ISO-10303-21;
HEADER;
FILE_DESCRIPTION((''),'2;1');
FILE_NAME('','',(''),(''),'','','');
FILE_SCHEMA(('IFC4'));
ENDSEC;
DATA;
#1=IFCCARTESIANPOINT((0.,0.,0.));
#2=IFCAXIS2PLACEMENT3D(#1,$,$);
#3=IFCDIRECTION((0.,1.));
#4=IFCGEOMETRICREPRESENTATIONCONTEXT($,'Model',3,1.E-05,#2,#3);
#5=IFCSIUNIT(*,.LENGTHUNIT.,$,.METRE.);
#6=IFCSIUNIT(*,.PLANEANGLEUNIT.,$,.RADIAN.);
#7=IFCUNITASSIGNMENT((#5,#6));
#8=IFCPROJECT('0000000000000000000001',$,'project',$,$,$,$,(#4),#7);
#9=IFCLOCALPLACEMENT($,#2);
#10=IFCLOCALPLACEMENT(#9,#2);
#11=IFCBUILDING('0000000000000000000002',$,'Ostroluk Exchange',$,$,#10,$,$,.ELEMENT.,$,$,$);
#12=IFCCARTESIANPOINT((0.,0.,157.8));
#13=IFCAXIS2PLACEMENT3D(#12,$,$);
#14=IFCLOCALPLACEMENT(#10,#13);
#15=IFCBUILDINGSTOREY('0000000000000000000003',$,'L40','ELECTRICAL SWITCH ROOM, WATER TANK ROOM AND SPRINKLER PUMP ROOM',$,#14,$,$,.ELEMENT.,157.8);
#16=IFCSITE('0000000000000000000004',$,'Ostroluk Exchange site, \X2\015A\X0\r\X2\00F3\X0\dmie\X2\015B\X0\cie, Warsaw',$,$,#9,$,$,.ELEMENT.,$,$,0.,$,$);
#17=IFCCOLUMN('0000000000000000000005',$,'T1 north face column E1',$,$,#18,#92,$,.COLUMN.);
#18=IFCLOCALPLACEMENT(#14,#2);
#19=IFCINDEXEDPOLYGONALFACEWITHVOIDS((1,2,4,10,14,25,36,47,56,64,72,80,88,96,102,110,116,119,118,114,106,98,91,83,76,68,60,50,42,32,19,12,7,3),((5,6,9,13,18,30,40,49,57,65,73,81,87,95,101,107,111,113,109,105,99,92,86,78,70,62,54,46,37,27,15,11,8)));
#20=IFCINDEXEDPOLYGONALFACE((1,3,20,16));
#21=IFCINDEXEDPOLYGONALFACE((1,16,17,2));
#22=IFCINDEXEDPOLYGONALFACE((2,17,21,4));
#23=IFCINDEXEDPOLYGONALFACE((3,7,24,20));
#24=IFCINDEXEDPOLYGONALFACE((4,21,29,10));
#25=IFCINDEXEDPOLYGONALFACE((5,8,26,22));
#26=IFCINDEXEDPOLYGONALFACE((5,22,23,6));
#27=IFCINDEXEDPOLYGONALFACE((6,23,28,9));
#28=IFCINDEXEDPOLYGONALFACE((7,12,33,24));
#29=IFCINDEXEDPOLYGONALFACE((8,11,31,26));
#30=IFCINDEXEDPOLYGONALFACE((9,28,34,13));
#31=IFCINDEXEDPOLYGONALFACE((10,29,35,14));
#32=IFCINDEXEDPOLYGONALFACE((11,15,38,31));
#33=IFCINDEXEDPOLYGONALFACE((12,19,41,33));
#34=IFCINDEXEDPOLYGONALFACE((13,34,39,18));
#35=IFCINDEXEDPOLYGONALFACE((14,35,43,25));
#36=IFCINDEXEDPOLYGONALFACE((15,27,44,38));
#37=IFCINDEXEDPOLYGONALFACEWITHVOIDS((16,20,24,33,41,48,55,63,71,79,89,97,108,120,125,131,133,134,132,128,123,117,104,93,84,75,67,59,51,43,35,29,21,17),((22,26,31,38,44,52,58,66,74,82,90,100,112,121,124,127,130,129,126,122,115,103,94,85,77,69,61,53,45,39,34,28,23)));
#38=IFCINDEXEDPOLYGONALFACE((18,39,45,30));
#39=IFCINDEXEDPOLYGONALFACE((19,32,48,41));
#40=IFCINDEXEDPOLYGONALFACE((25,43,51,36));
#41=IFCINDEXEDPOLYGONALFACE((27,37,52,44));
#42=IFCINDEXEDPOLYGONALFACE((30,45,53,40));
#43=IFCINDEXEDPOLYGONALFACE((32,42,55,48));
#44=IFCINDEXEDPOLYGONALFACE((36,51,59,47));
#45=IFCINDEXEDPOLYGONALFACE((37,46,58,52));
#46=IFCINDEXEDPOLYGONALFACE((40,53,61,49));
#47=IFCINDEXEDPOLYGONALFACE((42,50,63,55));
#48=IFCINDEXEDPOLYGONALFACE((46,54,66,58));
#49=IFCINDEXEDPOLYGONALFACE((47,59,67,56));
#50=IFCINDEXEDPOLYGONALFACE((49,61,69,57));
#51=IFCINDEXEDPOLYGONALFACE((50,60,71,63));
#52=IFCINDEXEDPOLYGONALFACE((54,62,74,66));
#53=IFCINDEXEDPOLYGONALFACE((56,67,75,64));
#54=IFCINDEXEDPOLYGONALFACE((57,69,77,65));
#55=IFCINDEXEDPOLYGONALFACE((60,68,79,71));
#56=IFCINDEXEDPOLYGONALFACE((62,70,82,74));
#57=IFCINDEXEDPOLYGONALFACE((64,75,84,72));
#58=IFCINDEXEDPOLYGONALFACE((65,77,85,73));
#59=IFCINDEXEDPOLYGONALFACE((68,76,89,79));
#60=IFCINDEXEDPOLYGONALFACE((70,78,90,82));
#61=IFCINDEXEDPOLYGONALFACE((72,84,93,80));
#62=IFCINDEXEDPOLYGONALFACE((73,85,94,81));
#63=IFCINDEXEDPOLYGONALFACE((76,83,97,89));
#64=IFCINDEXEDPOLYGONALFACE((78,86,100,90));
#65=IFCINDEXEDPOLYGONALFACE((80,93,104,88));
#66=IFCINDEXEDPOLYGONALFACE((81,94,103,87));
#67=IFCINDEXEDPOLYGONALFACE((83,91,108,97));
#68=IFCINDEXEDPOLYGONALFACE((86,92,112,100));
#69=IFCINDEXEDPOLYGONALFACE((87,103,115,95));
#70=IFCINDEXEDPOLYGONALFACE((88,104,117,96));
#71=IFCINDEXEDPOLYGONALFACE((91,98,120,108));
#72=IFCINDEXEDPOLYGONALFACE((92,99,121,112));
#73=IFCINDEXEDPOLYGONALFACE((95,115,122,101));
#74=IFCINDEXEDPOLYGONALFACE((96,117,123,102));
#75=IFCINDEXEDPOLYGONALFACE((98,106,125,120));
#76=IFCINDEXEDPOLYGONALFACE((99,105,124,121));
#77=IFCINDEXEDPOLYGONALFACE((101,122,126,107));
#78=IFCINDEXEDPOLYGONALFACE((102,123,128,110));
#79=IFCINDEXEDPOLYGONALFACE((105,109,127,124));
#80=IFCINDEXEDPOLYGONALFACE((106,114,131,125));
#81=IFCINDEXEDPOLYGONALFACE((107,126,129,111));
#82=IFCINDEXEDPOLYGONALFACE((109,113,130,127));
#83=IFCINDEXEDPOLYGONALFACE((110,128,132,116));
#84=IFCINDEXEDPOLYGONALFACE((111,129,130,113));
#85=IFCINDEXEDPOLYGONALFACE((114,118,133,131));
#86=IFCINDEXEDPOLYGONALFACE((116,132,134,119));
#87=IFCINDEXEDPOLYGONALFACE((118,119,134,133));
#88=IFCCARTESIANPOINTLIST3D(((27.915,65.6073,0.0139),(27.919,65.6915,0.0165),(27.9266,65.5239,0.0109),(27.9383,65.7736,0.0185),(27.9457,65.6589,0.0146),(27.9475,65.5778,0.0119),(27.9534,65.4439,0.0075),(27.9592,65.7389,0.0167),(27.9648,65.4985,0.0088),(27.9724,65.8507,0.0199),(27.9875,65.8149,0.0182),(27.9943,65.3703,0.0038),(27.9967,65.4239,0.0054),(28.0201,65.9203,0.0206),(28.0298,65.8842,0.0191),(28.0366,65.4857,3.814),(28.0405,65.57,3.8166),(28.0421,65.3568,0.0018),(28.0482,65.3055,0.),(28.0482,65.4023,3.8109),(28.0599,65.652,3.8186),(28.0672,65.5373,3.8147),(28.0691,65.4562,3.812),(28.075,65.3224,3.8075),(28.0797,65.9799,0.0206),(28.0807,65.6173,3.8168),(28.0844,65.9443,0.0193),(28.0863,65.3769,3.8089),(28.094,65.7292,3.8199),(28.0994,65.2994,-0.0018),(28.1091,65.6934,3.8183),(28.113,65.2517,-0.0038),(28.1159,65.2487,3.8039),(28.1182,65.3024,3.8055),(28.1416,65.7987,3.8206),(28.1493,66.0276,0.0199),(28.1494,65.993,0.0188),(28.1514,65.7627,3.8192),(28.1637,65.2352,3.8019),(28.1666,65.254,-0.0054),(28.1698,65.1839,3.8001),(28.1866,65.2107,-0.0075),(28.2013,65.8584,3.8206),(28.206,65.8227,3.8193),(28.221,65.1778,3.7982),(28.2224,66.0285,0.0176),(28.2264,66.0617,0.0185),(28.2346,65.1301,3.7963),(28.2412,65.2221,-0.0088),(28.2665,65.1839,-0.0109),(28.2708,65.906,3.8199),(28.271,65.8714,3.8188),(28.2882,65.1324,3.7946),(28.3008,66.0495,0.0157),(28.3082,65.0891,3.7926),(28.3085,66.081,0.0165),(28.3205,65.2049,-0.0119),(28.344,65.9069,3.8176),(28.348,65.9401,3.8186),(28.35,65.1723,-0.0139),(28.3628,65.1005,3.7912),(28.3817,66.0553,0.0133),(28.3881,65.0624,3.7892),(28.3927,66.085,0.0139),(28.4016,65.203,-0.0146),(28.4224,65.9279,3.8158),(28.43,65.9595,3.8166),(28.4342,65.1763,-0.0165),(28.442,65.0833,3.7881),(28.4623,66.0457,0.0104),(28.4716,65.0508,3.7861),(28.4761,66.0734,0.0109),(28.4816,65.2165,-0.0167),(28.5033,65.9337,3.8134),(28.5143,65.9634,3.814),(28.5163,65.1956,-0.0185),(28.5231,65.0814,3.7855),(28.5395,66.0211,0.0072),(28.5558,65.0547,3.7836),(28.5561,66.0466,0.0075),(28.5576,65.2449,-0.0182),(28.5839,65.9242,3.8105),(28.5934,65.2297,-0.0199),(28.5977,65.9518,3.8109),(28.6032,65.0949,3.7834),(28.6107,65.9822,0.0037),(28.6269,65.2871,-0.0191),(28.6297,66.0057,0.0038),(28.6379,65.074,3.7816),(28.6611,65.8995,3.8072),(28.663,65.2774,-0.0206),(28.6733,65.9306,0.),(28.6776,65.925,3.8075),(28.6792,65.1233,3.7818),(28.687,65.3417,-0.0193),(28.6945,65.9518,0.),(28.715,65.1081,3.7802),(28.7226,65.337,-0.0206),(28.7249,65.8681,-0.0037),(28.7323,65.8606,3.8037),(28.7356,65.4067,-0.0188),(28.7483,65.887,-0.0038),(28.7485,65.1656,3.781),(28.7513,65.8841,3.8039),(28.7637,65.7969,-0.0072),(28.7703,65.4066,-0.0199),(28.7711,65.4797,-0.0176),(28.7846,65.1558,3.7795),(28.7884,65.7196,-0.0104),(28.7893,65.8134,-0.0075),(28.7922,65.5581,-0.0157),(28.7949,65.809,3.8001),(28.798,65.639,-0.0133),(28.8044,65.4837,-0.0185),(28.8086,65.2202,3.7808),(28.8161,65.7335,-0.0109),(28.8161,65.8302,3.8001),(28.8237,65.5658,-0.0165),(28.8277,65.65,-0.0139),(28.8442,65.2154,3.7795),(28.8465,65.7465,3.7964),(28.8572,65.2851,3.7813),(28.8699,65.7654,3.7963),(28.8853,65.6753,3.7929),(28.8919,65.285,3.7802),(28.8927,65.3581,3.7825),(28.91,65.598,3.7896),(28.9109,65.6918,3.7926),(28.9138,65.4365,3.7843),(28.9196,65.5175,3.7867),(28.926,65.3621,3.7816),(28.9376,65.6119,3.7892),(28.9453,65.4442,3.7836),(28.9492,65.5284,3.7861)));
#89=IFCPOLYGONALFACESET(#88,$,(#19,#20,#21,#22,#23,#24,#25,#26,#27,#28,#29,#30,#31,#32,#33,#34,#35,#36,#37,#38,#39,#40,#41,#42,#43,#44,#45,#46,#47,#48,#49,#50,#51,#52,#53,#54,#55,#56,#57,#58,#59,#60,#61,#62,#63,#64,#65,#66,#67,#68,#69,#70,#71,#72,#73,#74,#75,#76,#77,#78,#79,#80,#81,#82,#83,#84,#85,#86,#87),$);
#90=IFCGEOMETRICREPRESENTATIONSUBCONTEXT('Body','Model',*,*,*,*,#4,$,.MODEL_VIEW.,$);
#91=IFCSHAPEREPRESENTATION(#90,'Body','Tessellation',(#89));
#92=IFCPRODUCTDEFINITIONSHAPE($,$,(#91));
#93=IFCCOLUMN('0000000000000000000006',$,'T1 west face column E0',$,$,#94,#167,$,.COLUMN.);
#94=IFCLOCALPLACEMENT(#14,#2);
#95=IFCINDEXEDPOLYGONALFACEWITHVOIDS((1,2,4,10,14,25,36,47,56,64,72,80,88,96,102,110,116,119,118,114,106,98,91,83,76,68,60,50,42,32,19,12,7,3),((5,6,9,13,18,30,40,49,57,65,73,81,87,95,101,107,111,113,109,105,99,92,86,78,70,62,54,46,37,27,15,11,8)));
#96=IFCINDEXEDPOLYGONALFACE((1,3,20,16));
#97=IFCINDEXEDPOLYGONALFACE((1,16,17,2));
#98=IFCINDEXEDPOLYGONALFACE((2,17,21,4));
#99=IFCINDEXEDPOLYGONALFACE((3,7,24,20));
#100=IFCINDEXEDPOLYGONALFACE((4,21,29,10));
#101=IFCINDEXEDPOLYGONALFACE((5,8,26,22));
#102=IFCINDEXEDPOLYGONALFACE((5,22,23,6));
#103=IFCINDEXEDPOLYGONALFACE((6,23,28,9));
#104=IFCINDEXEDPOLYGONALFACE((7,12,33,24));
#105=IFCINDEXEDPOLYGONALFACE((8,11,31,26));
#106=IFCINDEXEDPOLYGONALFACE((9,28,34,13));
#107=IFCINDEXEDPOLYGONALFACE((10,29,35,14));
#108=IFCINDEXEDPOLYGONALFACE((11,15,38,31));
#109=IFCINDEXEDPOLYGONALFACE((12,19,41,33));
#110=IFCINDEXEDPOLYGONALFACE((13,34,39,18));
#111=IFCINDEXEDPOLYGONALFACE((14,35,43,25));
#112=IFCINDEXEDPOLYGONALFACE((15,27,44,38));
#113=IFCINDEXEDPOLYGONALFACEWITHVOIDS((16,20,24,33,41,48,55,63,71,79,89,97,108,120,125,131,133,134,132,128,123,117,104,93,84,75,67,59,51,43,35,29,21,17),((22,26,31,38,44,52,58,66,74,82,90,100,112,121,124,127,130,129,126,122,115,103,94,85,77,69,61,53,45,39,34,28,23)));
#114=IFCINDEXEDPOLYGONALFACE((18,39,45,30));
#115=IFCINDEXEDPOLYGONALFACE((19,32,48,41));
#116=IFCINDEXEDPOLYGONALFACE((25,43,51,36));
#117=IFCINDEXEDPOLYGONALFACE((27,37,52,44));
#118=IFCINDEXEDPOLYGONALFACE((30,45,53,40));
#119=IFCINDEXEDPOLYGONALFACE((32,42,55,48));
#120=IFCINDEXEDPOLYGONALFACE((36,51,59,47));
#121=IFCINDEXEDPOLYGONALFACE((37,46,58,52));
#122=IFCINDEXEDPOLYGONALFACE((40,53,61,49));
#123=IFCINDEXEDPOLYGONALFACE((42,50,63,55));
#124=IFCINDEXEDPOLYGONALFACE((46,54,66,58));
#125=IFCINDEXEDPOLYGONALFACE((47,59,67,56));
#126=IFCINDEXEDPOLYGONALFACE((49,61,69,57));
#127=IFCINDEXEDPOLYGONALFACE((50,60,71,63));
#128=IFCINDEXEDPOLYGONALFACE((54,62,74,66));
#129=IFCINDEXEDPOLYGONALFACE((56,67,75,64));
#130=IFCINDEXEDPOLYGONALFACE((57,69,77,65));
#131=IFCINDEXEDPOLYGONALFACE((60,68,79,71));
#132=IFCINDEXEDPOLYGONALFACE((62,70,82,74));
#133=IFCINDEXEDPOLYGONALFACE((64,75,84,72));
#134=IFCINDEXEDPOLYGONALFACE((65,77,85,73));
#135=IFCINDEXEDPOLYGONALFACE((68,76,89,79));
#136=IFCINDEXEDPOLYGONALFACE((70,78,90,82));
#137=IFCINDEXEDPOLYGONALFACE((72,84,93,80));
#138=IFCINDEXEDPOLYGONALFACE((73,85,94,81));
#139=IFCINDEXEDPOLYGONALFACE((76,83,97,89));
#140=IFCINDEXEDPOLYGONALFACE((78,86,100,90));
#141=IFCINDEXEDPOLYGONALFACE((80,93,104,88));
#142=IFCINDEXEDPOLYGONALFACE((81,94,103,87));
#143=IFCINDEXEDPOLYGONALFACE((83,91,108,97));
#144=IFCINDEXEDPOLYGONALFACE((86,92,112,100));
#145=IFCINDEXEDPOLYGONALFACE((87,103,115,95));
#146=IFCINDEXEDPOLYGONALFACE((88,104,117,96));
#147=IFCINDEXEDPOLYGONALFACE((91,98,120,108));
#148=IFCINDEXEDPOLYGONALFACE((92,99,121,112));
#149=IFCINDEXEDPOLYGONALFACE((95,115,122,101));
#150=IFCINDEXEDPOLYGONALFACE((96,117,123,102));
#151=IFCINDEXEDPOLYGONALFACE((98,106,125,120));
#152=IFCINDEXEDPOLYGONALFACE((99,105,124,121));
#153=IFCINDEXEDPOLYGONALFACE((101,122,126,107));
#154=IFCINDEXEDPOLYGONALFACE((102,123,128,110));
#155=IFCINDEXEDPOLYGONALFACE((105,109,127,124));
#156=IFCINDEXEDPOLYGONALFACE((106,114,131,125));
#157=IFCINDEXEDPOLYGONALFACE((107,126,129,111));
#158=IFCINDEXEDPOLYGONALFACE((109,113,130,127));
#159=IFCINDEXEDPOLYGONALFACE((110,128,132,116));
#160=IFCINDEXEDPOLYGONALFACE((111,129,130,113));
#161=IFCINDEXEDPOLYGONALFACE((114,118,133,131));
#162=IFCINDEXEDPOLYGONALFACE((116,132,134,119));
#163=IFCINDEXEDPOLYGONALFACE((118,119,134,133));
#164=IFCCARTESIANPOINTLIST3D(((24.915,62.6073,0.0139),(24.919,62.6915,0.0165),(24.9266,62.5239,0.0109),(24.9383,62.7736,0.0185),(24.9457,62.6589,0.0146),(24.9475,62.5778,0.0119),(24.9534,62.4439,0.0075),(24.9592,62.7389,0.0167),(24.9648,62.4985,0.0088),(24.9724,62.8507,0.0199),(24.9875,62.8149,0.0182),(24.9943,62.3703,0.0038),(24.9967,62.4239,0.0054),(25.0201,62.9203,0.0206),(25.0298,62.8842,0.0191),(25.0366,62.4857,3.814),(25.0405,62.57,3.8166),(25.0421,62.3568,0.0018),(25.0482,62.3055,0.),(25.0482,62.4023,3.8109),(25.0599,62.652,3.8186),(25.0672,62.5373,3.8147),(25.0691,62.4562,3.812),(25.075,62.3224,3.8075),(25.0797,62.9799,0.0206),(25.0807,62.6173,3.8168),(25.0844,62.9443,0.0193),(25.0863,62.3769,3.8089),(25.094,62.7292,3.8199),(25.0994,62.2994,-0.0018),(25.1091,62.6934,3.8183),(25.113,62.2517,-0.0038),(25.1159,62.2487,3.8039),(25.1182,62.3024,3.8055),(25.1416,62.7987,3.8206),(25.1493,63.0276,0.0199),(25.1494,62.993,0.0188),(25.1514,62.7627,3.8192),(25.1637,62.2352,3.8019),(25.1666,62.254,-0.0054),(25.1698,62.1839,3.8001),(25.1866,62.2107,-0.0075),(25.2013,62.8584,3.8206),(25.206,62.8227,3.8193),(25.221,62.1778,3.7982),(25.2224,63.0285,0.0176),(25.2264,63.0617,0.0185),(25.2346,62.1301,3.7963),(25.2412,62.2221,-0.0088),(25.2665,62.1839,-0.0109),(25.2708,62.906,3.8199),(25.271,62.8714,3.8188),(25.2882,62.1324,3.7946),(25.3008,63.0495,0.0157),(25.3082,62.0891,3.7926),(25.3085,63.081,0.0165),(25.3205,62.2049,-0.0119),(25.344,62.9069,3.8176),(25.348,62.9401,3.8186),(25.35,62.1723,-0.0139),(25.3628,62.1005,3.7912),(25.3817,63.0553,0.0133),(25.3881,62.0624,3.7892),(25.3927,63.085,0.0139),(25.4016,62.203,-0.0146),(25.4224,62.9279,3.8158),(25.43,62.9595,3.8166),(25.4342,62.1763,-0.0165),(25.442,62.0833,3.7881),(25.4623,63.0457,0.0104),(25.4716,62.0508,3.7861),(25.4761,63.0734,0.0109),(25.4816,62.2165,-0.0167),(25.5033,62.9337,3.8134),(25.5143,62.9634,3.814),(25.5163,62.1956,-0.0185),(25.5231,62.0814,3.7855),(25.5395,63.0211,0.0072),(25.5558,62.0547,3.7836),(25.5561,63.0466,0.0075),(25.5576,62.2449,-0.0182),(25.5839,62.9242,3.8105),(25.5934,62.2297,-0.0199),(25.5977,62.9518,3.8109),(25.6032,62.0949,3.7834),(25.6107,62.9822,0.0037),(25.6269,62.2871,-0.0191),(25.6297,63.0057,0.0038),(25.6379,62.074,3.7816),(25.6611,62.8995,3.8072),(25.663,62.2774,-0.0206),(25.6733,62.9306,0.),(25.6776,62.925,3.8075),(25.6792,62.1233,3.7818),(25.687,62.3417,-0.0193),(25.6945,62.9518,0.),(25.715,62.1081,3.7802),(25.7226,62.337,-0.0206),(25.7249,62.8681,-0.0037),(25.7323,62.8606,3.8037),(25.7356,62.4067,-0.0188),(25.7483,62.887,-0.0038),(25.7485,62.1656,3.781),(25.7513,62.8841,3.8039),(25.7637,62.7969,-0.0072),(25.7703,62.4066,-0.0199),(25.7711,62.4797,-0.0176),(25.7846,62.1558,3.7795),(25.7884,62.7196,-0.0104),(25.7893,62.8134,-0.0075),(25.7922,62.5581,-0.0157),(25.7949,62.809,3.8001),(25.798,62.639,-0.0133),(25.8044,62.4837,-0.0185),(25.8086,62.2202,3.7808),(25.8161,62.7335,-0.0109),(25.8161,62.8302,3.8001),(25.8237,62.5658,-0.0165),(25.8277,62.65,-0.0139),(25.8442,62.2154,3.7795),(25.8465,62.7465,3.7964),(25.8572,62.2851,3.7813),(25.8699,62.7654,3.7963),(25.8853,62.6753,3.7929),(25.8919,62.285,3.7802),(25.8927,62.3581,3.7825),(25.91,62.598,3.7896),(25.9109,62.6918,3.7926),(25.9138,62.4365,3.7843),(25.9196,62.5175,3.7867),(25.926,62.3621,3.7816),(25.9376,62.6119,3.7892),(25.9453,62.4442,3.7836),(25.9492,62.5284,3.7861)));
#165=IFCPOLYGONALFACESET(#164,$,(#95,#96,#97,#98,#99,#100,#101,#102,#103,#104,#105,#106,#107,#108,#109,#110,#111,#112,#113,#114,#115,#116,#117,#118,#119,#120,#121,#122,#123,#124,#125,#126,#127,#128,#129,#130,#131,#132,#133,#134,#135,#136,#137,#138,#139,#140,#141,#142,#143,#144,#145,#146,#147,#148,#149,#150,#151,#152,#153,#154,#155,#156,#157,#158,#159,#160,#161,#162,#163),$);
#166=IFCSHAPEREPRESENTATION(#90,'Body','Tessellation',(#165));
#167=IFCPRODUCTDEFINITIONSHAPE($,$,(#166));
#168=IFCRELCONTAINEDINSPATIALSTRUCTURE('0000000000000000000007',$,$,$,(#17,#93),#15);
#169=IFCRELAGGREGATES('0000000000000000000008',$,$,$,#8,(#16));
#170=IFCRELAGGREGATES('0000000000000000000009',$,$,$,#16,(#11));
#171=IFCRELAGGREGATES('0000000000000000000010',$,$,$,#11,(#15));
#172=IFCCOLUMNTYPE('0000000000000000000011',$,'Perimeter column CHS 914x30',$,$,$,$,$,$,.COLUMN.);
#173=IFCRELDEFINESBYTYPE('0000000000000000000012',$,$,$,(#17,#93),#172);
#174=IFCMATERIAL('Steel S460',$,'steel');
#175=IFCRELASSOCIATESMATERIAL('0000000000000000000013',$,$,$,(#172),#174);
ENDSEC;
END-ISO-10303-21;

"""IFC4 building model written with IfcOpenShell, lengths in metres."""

from ifc_helpers import new_model, si_unit, direction, frame, origin, origin_2d, place, context, subcontext, project, spatial, hollow_circle, extrude, material, material_profile, profile_set, type_object, element, save


model = new_model("IFC4")

# Units and contexts
model_context = context("Model", 3, precision=1e-05, world=origin(), true_north=direction((0.0, 1.0)))
body_context = subcontext(model_context, "Body", "Model", "MODEL_VIEW")
ifc_project = project(units=[si_unit("LENGTHUNIT", "METRE"), si_unit("PLANEANGLEUNIT", "RADIAN")], contexts=[model_context])

# Site, building, storey
site_placement = place(None, origin())
site = spatial("IfcSite", under=ifc_project, at=site_placement, Name="Ostroluk Exchange site, Śródmieście, Warsaw", CompositionType="ELEMENT", RefElevation=0.0)
building_placement = place(site_placement, origin())
building = spatial("IfcBuilding", under=site, at=building_placement, Name="Ostroluk Exchange", CompositionType="ELEMENT")
storey_placement = place(building_placement, frame((0.0, 0.0, 157.8)))
storey = spatial("IfcBuildingStorey", under=building, at=storey_placement, Name="L40", Description="ELECTRICAL SWITCH ROOM, WATER TANK ROOM AND SPRINKLER PUMP ROOM", CompositionType="ELEMENT", Elevation=157.8)

# Columns
ifc_material_1 = material(Name="Steel S460", Category="steel")
ifc_material_profile_1 = material_profile(ifc_material_1, hollow_circle(Radius=0.457, WallThickness=0.03, at=origin_2d()), Name="CHS 914x30")
ifc_profile_set_1 = profile_set([ifc_material_profile_1], Name="Steel S460")
column_type = type_object("IfcColumnType", Name="Perimeter column CHS 914x30", PredefinedType="COLUMN", material=ifc_profile_set_1)
for number, where, z_axis, x_axis, name in (
    (1, (28.3713, 65.6287, 0.0), (0.031962, -0.031962, 0.998978), (0.707107, 0.707107, 0.0), "T1 north face column E1"),
    (2, (25.3713, 62.6287, 0.0), (0.031962, -0.031962, 0.998978), (0.707107, 0.707107, 0.0), "T1 west face column E0"),
):
    element("IfcColumn", number, at=place(storey_placement, frame(where, z_axis=z_axis, x_axis=x_axis)), inside=storey, type_object=column_type, Name=name, PredefinedType="COLUMN", context=body_context, shape_type="SweptSolid", body=[
        extrude(hollow_circle(Radius=0.457, WallThickness=0.03, at=origin_2d()), origin(), (0.0, 0.0, 1.0), 3.804),
    ])

save(model, "model.ifc")
